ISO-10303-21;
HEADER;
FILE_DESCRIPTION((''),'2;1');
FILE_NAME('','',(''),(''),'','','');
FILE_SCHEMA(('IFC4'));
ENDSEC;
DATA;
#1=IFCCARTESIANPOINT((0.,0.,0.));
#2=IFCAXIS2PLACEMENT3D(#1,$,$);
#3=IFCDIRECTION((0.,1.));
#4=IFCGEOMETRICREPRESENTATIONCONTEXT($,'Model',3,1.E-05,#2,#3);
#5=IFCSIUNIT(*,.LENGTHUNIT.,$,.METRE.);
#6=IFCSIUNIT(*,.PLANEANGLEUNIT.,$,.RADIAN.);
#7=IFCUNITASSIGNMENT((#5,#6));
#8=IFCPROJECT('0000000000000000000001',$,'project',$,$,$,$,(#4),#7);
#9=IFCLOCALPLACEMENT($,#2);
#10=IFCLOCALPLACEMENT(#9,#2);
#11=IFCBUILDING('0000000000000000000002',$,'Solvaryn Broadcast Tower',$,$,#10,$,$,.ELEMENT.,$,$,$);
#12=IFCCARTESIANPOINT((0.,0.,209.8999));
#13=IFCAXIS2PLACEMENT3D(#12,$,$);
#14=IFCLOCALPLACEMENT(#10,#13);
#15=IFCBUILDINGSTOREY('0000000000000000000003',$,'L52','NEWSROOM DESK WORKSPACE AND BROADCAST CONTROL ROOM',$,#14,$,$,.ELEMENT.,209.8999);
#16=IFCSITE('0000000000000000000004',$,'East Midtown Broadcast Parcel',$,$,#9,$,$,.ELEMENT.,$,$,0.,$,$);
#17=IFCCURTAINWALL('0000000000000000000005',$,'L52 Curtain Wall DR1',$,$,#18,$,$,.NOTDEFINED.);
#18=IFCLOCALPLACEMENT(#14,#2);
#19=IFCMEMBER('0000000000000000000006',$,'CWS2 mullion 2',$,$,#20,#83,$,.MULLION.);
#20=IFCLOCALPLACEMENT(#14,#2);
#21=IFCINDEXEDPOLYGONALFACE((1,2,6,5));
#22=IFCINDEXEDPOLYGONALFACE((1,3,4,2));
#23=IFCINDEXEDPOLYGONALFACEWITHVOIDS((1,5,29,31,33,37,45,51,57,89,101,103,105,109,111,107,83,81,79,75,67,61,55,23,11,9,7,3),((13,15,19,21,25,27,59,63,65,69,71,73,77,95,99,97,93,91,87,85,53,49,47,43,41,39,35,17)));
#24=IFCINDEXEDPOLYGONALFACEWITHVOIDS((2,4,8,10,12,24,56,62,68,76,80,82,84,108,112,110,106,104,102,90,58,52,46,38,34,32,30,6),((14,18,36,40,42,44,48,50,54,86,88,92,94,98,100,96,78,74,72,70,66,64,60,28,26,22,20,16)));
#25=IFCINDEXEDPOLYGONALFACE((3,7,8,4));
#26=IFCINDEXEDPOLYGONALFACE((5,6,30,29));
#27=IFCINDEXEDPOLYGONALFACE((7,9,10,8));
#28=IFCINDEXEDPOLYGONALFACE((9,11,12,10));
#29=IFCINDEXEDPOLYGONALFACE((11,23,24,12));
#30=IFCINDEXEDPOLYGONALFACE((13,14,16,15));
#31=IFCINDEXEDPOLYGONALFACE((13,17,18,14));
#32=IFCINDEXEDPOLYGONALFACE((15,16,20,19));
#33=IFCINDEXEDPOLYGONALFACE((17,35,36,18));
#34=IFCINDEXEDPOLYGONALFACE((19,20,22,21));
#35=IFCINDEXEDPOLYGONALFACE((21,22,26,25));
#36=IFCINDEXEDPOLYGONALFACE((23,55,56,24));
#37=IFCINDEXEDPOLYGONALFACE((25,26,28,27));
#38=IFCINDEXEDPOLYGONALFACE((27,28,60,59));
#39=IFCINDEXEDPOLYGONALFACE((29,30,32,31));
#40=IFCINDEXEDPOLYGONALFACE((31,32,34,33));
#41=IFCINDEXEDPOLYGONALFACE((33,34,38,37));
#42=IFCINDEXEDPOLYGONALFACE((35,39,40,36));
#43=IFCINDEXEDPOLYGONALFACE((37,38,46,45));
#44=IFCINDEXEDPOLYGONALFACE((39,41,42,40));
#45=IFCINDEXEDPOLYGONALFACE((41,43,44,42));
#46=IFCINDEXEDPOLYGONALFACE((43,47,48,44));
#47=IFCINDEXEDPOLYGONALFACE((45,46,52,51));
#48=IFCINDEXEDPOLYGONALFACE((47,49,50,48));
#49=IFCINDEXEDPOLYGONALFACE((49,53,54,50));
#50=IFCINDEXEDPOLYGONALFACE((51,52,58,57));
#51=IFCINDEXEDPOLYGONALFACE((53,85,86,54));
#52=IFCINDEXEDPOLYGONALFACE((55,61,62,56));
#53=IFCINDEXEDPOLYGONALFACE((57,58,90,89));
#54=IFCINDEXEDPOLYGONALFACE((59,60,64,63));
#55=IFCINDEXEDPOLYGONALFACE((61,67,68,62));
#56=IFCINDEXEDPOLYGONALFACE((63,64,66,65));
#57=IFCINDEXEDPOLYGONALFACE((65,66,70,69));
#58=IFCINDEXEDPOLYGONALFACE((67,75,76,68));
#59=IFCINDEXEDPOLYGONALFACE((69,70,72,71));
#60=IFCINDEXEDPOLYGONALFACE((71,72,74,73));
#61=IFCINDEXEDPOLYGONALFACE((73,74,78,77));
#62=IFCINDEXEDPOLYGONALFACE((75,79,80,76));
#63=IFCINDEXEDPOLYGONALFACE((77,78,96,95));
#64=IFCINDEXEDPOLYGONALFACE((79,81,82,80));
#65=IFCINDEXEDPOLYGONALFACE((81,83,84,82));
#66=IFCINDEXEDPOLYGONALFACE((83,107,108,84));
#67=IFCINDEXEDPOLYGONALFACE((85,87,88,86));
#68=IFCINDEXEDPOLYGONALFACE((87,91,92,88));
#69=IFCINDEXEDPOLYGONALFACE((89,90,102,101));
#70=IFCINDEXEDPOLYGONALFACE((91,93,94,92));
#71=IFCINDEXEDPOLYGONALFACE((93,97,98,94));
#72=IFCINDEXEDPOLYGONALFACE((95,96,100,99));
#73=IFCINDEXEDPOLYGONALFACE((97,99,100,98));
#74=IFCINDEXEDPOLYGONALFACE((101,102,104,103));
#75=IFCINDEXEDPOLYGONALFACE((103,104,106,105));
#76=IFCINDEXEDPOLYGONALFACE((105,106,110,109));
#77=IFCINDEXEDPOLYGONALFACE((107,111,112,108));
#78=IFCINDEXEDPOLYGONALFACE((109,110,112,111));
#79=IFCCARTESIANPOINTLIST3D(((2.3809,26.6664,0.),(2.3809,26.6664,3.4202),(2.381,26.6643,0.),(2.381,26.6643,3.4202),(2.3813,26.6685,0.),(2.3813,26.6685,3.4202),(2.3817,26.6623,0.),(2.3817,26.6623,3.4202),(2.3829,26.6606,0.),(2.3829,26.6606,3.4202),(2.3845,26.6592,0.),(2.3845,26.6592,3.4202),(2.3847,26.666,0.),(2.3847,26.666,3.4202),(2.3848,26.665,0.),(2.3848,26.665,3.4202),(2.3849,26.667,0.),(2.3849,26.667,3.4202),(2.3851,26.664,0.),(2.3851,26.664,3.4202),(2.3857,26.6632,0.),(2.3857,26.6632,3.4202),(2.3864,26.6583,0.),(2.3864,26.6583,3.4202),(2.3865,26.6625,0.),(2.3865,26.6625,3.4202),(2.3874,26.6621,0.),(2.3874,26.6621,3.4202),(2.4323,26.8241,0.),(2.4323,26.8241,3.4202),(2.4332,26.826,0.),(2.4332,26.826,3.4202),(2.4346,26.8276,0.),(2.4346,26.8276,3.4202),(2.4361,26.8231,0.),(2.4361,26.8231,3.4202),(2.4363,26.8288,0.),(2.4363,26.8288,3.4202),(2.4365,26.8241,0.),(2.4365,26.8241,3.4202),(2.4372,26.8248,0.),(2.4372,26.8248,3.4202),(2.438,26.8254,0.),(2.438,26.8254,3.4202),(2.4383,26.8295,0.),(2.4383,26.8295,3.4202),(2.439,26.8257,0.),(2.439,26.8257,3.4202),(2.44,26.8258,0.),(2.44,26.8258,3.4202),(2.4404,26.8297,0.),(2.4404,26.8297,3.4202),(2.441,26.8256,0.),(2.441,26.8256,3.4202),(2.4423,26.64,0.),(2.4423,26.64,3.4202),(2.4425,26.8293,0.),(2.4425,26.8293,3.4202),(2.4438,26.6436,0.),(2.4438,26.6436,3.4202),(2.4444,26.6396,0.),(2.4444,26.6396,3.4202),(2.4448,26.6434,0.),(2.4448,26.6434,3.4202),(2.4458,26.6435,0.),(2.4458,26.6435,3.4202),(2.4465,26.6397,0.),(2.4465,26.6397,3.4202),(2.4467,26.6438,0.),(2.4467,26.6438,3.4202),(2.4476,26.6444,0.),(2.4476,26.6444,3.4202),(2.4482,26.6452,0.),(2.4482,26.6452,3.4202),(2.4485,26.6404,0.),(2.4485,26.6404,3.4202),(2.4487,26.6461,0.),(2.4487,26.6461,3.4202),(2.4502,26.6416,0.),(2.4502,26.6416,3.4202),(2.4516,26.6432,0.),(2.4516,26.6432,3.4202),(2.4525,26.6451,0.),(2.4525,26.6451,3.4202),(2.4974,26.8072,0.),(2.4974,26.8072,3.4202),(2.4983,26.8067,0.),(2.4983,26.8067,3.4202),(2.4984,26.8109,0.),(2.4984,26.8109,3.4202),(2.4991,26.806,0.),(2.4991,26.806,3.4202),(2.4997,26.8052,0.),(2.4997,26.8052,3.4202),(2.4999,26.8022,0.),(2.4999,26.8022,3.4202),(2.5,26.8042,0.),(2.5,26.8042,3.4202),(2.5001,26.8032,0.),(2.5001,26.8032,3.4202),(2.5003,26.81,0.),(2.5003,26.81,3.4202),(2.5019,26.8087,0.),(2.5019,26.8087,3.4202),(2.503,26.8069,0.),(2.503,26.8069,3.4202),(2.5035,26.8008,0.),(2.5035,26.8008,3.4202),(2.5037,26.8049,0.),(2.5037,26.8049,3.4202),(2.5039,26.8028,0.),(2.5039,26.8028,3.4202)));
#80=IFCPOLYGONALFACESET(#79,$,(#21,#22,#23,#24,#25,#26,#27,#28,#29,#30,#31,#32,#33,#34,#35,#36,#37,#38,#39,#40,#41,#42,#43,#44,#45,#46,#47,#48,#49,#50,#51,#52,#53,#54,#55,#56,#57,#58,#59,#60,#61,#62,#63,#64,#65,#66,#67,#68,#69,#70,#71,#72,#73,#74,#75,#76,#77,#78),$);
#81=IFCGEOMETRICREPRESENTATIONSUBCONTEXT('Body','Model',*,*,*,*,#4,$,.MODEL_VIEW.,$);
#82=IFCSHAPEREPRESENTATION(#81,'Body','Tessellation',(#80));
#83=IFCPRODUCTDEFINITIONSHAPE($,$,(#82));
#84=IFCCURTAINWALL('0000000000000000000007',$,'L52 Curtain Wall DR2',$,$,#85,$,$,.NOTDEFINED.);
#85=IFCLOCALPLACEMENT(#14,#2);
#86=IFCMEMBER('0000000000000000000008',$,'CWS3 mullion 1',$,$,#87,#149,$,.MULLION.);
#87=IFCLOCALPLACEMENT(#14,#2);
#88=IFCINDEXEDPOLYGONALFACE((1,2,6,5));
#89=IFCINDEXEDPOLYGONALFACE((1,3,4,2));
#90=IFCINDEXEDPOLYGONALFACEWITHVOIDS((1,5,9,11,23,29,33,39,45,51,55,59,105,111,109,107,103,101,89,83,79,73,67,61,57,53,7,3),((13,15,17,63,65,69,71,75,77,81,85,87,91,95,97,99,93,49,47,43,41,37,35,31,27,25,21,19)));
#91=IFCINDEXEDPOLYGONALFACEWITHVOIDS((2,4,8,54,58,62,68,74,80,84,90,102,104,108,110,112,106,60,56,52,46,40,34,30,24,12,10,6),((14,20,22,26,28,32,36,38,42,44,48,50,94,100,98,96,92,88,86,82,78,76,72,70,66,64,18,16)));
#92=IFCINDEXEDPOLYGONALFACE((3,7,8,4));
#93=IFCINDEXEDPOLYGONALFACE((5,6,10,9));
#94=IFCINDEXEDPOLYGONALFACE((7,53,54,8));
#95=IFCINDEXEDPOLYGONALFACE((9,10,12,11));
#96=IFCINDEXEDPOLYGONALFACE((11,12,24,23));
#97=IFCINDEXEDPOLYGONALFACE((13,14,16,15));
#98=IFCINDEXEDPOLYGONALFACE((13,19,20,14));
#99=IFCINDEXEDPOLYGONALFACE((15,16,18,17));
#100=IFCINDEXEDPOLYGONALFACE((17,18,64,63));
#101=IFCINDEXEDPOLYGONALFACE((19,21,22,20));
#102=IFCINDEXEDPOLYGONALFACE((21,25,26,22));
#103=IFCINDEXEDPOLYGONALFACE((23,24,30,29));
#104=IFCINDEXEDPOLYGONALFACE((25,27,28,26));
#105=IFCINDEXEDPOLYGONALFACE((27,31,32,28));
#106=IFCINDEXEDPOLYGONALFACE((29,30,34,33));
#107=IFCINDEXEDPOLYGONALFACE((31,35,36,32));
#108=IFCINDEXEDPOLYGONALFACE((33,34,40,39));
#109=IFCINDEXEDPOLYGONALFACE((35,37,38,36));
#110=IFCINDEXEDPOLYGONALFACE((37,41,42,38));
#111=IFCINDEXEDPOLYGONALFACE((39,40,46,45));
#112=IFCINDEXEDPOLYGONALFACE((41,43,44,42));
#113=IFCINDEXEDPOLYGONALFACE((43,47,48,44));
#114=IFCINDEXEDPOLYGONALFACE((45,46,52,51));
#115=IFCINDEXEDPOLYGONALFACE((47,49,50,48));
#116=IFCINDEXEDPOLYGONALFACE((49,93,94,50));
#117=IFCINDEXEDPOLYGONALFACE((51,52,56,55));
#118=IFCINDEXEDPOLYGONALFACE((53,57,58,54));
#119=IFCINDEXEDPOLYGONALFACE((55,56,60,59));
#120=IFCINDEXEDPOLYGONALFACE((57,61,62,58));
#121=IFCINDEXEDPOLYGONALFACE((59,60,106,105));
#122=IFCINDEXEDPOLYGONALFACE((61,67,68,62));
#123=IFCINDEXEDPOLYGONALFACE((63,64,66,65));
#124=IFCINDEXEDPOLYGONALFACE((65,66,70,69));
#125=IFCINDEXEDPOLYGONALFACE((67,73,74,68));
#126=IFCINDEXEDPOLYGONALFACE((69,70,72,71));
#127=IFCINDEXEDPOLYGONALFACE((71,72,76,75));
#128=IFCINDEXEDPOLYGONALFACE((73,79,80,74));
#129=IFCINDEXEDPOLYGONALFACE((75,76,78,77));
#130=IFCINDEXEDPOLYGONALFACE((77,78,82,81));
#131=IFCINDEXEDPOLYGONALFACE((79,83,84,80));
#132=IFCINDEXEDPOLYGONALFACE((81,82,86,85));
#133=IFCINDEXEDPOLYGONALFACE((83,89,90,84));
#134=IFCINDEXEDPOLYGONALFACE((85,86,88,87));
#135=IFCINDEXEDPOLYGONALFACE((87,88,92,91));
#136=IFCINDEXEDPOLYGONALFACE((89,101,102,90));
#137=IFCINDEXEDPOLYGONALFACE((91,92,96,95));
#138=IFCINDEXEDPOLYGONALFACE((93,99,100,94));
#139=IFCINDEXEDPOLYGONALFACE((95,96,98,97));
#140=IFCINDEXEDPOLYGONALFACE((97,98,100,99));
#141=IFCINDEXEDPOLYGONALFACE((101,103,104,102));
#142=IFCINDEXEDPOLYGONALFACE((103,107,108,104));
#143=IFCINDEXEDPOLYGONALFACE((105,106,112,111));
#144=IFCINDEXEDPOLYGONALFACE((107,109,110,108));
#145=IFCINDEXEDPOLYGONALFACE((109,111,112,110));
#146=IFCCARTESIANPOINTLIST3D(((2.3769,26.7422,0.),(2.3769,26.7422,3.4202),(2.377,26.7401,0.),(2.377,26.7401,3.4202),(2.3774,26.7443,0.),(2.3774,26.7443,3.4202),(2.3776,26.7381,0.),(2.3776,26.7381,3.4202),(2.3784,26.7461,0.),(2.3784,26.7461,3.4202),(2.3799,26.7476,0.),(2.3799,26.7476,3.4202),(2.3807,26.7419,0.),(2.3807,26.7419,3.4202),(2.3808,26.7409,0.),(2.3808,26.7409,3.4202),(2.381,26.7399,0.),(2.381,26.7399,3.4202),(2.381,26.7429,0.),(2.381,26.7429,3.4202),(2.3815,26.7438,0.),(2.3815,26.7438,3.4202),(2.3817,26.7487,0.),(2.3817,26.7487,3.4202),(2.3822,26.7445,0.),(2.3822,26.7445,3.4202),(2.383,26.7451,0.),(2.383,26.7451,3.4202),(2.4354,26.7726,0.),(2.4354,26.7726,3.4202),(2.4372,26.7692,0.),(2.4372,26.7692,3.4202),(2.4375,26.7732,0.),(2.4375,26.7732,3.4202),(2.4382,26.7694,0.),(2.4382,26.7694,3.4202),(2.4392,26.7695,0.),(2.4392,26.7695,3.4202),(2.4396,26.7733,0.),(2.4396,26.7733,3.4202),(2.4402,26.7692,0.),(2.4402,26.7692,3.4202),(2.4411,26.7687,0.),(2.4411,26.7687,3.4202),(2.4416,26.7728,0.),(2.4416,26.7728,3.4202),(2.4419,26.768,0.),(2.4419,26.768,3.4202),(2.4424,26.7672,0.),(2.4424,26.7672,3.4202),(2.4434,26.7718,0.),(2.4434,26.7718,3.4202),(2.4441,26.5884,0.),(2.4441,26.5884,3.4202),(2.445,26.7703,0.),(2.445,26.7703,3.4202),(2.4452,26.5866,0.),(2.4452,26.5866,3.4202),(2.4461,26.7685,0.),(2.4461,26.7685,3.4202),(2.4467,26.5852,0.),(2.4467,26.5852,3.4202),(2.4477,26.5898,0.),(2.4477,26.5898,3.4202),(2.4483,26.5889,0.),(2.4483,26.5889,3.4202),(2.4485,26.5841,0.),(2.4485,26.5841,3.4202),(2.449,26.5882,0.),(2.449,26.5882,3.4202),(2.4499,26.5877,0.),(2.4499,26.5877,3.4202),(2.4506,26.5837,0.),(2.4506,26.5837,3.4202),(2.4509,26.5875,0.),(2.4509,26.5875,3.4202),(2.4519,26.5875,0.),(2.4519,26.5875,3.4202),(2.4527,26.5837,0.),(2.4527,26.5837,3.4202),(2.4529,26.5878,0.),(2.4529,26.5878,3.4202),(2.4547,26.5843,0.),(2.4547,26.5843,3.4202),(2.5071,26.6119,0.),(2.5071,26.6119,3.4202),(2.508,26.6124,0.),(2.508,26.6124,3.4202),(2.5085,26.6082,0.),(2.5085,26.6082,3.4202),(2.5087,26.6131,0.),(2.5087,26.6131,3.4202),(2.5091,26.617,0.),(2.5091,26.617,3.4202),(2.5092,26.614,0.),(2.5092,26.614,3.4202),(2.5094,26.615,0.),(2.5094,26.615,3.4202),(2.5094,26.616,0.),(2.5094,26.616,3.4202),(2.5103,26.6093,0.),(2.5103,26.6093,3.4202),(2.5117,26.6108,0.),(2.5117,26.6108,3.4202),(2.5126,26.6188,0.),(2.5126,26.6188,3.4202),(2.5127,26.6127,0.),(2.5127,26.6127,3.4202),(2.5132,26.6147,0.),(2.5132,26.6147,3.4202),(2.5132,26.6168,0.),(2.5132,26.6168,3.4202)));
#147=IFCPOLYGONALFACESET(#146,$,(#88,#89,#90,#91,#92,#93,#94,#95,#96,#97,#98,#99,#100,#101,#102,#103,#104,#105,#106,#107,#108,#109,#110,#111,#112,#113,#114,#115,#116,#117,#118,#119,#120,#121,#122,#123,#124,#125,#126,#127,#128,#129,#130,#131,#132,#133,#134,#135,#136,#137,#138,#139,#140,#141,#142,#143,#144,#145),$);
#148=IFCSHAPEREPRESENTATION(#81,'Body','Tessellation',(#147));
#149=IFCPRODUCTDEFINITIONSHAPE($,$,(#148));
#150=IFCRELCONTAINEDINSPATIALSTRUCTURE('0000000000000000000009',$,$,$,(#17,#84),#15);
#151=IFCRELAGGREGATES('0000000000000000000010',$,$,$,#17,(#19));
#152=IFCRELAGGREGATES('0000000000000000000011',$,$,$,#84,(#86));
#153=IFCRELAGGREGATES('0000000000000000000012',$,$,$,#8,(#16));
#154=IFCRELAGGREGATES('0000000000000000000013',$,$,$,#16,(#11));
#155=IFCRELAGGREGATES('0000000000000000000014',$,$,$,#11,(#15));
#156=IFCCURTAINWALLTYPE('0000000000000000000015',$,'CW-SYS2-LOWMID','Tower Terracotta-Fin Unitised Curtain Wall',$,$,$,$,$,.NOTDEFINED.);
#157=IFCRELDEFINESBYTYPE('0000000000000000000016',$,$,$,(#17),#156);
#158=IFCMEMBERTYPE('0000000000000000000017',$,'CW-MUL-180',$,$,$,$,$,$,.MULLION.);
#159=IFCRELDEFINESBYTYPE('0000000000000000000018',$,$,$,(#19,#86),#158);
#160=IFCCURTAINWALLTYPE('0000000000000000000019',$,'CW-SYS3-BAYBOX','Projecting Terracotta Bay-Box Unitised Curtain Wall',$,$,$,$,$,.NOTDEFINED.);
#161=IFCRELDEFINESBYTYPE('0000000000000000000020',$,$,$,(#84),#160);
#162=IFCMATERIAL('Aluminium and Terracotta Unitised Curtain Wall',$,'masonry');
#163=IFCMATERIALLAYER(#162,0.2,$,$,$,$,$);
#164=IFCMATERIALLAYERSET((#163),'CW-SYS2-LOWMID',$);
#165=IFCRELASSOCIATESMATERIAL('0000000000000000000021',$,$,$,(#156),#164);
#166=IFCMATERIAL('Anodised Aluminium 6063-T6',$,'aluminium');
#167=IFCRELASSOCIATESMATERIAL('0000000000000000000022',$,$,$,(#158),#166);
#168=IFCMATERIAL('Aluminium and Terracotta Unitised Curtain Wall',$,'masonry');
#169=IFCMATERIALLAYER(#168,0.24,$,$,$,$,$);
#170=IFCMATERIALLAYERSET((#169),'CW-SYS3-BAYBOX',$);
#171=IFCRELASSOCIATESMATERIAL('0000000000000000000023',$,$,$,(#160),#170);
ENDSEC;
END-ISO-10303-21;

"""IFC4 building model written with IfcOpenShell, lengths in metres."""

from ifc_helpers import new_model, si_unit, direction, frame, origin, origin_2d, place, context, subcontext, project, spatial, hollow_rectangle, extrude, material, layer, layer_set, material_profile, profile_set, type_object, element, aggregate, save


model = new_model("IFC4")

# Units and contexts
model_context = context("Model", 3, precision=1e-05, world=origin(), true_north=direction((0.0, 1.0)))
body_context = subcontext(model_context, "Body", "Model", "MODEL_VIEW")
ifc_project = project(units=[si_unit("LENGTHUNIT", "METRE"), si_unit("PLANEANGLEUNIT", "RADIAN")], contexts=[model_context])

# Site, building, storey
site_placement = place(None, origin())
site = spatial("IfcSite", under=ifc_project, at=site_placement, Name="East Midtown Broadcast Parcel", CompositionType="ELEMENT", RefElevation=0.0)
building_placement = place(site_placement, origin())
building = spatial("IfcBuilding", under=site, at=building_placement, Name="Solvaryn Broadcast Tower", CompositionType="ELEMENT")
storey_placement = place(building_placement, frame((0.0, 0.0, 209.8999)))
storey = spatial("IfcBuildingStorey", under=building, at=storey_placement, Name="L52", Description="NEWSROOM DESK WORKSPACE AND BROADCAST CONTROL ROOM", CompositionType="ELEMENT", Elevation=209.8999)

# Curtain wall, member
ifc_material_1 = material(Name="Aluminium and Terracotta Unitised Curtain Wall", Category="masonry")
ifc_layer_1 = layer(ifc_material_1, 0.2)
ifc_layer_set_1 = layer_set([ifc_layer_1], Name="CW-SYS2-LOWMID")
curtain_wall_type_1 = type_object("IfcCurtainWallType", Name="CW-SYS2-LOWMID", Description="Tower Terracotta-Fin Unitised Curtain Wall", PredefinedType="NOTDEFINED", material=ifc_layer_set_1)
curtain_wall_1_placement = place(storey_placement, origin())
curtain_wall_1 = element("IfcCurtainWall", 1, at=curtain_wall_1_placement, inside=storey, type_object=curtain_wall_type_1, Name="L52 Curtain Wall DR1", PredefinedType="NOTDEFINED")
ifc_material_2 = material(Name="Anodised Aluminium 6063-T6", Category="aluminium")
ifc_material_profile_1 = material_profile(ifc_material_2, hollow_rectangle(XDim=0.075, YDim=0.1799, WallThickness=0.0039, InnerFilletRadius=0.0039, OuterFilletRadius=0.0081, at=origin_2d()))
ifc_profile_set_1 = profile_set([ifc_material_profile_1], Name="Anodised Aluminium 6063-T6")
member_type_1 = type_object("IfcMemberType", Name="CW-MUL-180", PredefinedType="MULLION", material=ifc_profile_set_1)
member_1_placement = place(storey_placement, frame((2.4424, 26.7346, 0.0), z_axis=(0.0, 0.0, 1.0), x_axis=(0.950227, -0.311559, 0.0)))
member_1 = element("IfcMember", 2, at=member_1_placement, type_object=member_type_1, Name="CWS2 mullion 2", PredefinedType="MULLION", context=body_context, shape_type="SweptSolid", body=[
    extrude(hollow_rectangle(XDim=0.075, YDim=0.1799, WallThickness=0.0039, InnerFilletRadius=0.0039, OuterFilletRadius=0.0081, at=origin_2d()), origin(), (0.0, 0.0, 1.0), 3.4202),
])
aggregate(curtain_wall_1, [member_1])

# Curtain wall, member
ifc_material_3 = material(Name="Aluminium and Terracotta Unitised Curtain Wall", Category="masonry")
ifc_layer_2 = layer(ifc_material_3, 0.24)
ifc_layer_set_2 = layer_set([ifc_layer_2], Name="CW-SYS3-BAYBOX")
curtain_wall_type_2 = type_object("IfcCurtainWallType", Name="CW-SYS3-BAYBOX", Description="Projecting Terracotta Bay-Box Unitised Curtain Wall", PredefinedType="NOTDEFINED", material=ifc_layer_set_2)
curtain_wall_2_placement = place(storey_placement, origin())
curtain_wall_2 = element("IfcCurtainWall", 3, at=curtain_wall_2_placement, inside=storey, type_object=curtain_wall_type_2, Name="L52 Curtain Wall DR2", PredefinedType="NOTDEFINED")
member_2_placement = place(storey_placement, frame((2.4451, 26.6785, 0.0), z_axis=(0.0, 0.0, 1.0), x_axis=(0.913917, 0.405901, 0.0)))
member_2 = element("IfcMember", 4, at=member_2_placement, type_object=member_type_1, Name="CWS3 mullion 1", PredefinedType="MULLION", context=body_context, shape_type="SweptSolid", body=[
    extrude(hollow_rectangle(XDim=0.075, YDim=0.1799, WallThickness=0.0039, InnerFilletRadius=0.0039, OuterFilletRadius=0.0081, at=origin_2d()), origin(), (0.0, 0.0, 1.0), 3.4202),
])
aggregate(curtain_wall_2, [member_2])

save(model, "model.ifc")
